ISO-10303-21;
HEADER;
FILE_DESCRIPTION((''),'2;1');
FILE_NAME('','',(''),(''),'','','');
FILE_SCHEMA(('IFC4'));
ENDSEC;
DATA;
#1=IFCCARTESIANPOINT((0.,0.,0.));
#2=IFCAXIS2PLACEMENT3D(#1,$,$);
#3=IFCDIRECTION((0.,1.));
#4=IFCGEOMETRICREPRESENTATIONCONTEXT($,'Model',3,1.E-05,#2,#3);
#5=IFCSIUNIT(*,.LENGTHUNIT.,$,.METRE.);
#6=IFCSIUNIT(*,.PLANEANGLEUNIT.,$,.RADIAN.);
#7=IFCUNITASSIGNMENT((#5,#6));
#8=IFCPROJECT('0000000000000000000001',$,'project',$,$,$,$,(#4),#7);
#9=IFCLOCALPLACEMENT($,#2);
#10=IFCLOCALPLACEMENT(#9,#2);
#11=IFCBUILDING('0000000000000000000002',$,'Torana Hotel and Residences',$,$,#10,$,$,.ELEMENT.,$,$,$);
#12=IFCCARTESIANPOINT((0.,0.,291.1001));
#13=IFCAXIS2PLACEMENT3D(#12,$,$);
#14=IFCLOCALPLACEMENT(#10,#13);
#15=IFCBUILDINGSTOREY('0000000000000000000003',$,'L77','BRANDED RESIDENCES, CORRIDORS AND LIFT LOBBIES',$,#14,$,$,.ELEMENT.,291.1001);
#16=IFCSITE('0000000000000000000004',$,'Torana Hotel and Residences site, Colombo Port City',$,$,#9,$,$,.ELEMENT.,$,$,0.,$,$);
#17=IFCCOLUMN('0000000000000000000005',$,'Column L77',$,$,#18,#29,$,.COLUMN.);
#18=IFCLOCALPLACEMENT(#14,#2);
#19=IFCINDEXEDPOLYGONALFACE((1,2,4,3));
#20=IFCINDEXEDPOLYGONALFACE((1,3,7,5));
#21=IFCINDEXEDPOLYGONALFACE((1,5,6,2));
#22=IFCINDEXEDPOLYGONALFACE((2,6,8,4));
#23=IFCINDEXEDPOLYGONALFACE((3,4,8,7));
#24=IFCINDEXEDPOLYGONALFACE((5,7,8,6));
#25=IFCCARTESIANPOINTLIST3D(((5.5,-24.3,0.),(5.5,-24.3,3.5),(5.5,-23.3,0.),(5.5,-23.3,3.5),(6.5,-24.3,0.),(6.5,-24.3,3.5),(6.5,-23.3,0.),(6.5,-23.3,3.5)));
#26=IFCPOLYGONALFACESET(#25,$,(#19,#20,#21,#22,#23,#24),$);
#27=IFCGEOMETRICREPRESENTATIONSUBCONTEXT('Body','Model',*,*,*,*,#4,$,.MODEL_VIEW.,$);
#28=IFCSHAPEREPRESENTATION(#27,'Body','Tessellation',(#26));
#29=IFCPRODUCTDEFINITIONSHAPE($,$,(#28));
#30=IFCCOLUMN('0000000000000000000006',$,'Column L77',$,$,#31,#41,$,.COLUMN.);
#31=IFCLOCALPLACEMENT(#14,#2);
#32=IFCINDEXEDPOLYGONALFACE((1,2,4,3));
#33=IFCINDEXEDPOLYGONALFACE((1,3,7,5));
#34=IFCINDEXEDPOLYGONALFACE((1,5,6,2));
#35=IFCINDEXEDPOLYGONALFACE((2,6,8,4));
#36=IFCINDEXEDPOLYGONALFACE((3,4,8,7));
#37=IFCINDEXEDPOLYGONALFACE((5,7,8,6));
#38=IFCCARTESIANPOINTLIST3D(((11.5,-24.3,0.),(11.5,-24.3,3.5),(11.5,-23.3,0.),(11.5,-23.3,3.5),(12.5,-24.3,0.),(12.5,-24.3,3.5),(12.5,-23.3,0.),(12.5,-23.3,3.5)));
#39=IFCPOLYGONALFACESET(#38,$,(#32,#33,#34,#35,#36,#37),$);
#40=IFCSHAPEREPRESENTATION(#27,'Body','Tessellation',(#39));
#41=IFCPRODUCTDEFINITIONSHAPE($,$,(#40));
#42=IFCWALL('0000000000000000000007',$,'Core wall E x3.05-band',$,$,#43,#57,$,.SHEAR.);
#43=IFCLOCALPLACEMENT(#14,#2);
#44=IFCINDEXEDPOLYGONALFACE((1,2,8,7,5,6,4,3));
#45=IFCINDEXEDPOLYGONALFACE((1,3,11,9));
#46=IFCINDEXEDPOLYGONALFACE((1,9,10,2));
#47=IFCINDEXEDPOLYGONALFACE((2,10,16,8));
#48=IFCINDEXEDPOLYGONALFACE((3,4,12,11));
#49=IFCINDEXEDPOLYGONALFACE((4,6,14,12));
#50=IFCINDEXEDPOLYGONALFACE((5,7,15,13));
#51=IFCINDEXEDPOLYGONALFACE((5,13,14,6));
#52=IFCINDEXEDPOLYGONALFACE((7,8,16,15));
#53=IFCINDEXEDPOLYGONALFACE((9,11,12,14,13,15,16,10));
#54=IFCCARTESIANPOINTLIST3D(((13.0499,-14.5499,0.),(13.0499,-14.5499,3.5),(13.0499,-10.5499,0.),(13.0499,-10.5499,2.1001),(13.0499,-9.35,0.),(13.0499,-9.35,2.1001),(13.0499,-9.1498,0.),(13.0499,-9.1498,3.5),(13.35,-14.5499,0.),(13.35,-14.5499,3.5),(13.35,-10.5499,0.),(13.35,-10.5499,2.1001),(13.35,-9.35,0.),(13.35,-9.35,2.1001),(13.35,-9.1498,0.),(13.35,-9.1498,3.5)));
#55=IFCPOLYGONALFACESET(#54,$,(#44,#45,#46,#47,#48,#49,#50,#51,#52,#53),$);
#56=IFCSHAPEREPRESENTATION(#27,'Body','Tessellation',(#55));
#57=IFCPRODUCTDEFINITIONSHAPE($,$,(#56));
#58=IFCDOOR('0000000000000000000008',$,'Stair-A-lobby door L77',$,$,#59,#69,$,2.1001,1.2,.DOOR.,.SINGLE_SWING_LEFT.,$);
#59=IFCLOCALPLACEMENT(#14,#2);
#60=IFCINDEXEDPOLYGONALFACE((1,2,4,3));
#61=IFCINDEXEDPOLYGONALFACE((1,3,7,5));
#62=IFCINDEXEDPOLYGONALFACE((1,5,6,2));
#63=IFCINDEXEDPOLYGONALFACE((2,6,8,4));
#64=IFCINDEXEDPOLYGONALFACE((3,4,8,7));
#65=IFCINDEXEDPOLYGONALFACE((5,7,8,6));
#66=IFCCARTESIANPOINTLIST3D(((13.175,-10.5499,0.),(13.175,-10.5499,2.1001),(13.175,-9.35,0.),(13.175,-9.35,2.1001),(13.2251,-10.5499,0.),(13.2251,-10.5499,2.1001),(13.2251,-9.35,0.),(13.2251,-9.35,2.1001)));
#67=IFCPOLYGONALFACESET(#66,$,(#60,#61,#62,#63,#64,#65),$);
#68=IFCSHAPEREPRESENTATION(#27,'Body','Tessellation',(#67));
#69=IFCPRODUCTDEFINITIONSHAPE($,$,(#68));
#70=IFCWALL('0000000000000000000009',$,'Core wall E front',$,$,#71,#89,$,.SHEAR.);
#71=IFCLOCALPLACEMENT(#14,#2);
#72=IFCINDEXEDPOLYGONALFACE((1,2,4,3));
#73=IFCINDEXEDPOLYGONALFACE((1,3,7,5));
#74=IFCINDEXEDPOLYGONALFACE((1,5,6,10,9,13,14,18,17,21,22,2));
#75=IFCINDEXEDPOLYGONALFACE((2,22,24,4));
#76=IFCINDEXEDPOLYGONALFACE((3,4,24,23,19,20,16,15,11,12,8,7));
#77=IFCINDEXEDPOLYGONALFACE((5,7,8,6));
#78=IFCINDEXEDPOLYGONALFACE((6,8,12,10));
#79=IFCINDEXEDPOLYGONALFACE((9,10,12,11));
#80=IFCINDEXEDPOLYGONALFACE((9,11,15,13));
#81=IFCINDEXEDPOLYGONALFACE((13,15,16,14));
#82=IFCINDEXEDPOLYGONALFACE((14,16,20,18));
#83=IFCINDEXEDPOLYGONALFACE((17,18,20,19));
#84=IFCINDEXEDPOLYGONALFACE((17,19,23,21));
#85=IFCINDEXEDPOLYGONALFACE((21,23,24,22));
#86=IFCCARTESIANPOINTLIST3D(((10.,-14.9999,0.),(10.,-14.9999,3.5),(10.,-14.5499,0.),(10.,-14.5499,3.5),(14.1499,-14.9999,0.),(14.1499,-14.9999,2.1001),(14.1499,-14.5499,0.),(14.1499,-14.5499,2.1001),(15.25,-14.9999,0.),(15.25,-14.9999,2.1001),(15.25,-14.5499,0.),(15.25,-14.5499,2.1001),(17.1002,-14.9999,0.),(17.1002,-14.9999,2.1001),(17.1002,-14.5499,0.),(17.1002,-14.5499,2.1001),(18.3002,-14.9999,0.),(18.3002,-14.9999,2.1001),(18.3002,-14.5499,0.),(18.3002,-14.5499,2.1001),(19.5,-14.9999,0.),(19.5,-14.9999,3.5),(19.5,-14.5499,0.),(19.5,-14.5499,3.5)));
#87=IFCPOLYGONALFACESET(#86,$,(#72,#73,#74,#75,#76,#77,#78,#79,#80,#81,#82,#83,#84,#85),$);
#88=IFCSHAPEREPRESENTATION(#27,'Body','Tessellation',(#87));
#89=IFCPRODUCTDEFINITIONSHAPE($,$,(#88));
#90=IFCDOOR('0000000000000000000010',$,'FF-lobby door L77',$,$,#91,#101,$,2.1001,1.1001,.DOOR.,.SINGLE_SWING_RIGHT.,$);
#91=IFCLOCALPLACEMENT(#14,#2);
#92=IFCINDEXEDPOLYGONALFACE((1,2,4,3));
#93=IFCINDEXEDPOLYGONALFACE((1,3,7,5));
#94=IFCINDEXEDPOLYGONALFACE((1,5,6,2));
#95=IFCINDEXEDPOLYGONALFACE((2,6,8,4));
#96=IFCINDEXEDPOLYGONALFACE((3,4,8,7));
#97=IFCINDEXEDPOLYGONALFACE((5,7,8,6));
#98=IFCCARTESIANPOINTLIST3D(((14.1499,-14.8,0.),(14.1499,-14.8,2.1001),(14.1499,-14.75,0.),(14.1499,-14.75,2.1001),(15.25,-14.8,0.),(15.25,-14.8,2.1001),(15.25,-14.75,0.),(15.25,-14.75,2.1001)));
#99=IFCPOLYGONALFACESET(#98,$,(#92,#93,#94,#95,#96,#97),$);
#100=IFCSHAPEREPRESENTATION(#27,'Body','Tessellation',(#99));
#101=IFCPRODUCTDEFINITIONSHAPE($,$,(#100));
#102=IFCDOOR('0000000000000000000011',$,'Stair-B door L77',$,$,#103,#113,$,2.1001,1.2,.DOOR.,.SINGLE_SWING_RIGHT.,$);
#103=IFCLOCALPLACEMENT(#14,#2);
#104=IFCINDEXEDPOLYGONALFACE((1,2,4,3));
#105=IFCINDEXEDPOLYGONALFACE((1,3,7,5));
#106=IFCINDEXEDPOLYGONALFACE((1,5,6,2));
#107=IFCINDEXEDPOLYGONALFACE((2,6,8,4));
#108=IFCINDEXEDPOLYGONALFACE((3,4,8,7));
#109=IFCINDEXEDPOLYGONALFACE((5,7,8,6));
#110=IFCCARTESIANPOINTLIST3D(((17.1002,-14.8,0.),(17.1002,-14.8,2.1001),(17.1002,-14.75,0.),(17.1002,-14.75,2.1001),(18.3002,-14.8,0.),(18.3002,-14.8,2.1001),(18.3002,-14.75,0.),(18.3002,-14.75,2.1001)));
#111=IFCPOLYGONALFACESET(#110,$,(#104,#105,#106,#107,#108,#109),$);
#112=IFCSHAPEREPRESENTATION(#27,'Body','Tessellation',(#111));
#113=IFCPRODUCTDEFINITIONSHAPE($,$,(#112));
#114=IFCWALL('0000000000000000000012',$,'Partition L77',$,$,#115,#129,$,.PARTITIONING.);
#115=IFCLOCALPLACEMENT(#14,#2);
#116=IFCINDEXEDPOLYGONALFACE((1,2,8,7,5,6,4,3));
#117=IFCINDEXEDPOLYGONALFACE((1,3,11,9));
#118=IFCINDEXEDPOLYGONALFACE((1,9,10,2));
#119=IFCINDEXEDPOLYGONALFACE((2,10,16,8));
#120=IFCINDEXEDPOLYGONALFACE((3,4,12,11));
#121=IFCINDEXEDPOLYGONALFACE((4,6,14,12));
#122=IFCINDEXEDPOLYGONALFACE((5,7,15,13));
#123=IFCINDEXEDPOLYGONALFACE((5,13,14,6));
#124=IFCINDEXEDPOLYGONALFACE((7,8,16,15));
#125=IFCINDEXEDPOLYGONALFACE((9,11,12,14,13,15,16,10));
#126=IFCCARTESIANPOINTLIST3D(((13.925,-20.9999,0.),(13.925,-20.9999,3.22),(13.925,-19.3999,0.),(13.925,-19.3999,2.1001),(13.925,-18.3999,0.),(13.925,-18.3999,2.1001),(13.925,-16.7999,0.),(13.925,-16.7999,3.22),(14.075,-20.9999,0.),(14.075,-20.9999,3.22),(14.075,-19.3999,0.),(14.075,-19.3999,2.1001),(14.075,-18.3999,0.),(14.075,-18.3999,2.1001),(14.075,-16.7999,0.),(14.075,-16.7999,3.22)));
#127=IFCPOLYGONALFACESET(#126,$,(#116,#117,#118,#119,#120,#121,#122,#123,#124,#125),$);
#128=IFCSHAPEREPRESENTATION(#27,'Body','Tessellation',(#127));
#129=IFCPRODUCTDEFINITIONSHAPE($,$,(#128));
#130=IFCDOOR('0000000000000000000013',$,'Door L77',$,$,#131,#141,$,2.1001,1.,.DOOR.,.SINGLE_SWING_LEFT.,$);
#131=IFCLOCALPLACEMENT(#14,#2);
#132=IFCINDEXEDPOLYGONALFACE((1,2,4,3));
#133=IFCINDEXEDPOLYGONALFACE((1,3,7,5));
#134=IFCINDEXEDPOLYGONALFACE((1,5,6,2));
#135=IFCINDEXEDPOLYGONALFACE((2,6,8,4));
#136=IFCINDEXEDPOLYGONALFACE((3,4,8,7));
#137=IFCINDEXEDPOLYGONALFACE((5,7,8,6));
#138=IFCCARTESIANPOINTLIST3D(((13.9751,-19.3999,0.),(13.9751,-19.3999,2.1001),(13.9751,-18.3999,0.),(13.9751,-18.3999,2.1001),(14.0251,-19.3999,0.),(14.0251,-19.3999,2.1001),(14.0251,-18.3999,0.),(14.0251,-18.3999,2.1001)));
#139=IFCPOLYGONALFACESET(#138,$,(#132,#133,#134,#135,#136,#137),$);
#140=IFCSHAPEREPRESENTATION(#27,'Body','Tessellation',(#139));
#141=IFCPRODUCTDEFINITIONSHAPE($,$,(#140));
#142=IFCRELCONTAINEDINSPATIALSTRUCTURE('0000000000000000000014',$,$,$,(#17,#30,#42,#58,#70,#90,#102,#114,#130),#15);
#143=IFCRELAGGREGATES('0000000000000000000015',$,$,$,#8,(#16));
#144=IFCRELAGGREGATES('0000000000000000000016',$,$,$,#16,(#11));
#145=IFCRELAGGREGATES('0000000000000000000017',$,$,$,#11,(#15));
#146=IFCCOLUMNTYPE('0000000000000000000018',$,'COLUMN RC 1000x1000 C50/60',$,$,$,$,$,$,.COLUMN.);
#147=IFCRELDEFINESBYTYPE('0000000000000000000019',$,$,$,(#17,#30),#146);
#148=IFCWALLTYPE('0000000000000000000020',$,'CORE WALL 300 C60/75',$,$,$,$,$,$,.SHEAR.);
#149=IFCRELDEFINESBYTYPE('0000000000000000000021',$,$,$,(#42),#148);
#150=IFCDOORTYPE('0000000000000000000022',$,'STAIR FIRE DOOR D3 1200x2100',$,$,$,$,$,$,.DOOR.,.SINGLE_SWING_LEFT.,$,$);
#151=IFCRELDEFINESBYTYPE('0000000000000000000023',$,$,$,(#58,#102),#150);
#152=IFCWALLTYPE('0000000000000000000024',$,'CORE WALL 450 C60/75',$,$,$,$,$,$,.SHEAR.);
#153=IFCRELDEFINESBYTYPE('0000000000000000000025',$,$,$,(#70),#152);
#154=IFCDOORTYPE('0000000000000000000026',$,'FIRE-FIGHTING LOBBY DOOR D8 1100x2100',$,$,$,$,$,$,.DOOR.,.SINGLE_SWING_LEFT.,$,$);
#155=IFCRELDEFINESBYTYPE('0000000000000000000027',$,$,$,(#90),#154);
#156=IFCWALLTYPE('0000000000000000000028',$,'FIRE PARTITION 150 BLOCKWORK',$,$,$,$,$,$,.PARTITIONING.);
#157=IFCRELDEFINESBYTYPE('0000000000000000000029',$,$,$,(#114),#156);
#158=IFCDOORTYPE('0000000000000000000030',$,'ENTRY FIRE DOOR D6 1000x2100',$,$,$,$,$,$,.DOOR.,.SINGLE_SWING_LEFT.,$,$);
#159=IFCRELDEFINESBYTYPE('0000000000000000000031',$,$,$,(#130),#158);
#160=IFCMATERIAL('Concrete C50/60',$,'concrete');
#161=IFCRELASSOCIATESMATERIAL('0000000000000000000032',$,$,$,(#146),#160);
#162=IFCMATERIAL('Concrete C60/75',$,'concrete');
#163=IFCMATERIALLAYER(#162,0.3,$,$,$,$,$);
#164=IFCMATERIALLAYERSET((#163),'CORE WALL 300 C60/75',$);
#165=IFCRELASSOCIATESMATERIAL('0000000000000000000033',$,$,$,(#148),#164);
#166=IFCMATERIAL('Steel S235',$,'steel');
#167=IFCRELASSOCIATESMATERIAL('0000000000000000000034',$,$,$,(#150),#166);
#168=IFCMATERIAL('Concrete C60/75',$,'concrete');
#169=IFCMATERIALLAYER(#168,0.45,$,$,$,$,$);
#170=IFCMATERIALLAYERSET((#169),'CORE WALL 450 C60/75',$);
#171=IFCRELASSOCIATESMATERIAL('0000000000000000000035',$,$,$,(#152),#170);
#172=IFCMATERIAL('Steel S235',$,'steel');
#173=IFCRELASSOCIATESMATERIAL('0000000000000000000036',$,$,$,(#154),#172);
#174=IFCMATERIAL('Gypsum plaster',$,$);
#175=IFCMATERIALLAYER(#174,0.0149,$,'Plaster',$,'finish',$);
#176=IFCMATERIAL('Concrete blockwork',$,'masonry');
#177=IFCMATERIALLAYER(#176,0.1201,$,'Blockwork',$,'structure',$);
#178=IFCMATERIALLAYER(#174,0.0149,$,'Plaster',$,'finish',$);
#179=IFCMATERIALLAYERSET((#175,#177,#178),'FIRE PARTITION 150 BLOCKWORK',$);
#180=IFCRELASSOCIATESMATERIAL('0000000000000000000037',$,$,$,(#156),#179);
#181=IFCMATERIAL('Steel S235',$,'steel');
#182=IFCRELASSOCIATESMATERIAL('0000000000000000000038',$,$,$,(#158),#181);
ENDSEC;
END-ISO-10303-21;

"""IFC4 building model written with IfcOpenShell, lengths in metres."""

from ifc_helpers import new_model, si_unit, direction, frame, frame_2d, origin, origin_2d, place, context, subcontext, project, spatial, rectangle, extrude, material, layer, layer_set, material_profile, profile_set, type_object, element, fill, save


model = new_model("IFC4")

# Units and contexts
model_context = context("Model", 3, precision=1e-05, world=origin(), true_north=direction((0.0, 1.0)))
body_context = subcontext(model_context, "Body", "Model", "MODEL_VIEW")
ifc_project = project(units=[si_unit("LENGTHUNIT", "METRE"), si_unit("PLANEANGLEUNIT", "RADIAN")], contexts=[model_context])

# Site, building, storey
site_placement = place(None, origin())
site = spatial("IfcSite", under=ifc_project, at=site_placement, Name="Torana Hotel and Residences site, Colombo Port City", CompositionType="ELEMENT", RefElevation=0.0)
building_placement = place(site_placement, origin())
building = spatial("IfcBuilding", under=site, at=building_placement, Name="Torana Hotel and Residences", CompositionType="ELEMENT")
storey_placement = place(building_placement, frame((0.0, 0.0, 291.1001)))
storey = spatial("IfcBuildingStorey", under=building, at=storey_placement, Name="L77", Description="BRANDED RESIDENCES, CORRIDORS AND LIFT LOBBIES", CompositionType="ELEMENT", Elevation=291.1001)

# Columns
ifc_material_1 = material(Name="Concrete C50/60", Category="concrete")
ifc_material_profile = material_profile(ifc_material_1, rectangle(XDim=1.0, YDim=1.0, at=origin_2d()), Name="RC 1000x1000")
ifc_profile_set = profile_set([ifc_material_profile], Name="Concrete C50/60")
column_type = type_object("IfcColumnType", Name="COLUMN RC 1000x1000 C50/60", PredefinedType="COLUMN", material=ifc_profile_set)
for number, where, z_axis, x_axis, name in (
    (1, (6.0, -23.8, 0.0), (0.0, 0.0, 1.0), (1.0, 0.0, 0.0), "Column L77"),
    (2, (12.0, -23.8, 0.0), (0.0, 0.0, 1.0), (1.0, 0.0, 0.0), "Column L77"),
):
    element("IfcColumn", number, at=place(storey_placement, frame(where, z_axis=z_axis, x_axis=x_axis)), inside=storey, type_object=column_type, Name=name, PredefinedType="COLUMN", context=body_context, shape_type="SweptSolid", body=[
        extrude(rectangle(XDim=1.0, YDim=1.0, at=origin_2d()), origin(), (0.0, 0.0, 1.0), 3.5),
    ])

# Wall, opening, door
ifc_material_2 = material(Name="Concrete C60/75", Category="concrete")
ifc_layer_1 = layer(ifc_material_2, 0.3)
ifc_layer_set_1 = layer_set([ifc_layer_1], Name="CORE WALL 300 C60/75")
wall_type_1 = type_object("IfcWallType", Name="CORE WALL 300 C60/75", PredefinedType="SHEAR", material=ifc_layer_set_1)
wall_1_placement = place(storey_placement, frame((13.2, -14.55, 0.0), z_axis=(0.0, 0.0, 1.0), x_axis=(0.0, 1.0, 0.0)))
wall_1 = element("IfcWall", 3, at=wall_1_placement, inside=storey, type_object=wall_type_1, Name="Core wall E x3.05-band", PredefinedType="SHEAR", context=body_context, shape_type="SweptSolid", body=[
    extrude(rectangle(XDim=5.4001, YDim=0.3, at=frame_2d((2.7002, 0.0))), origin(), (0.0, 0.0, 1.0), 3.5),
])
opening_1_placement = place(wall_1_placement, frame((4.0, 0.0, 0.0)))
opening_1 = element("IfcOpeningElement", 4, at=opening_1_placement, cuts=wall_1, PredefinedType="OPENING", context=body_context, shape_type="SweptSolid", body=[
    extrude(rectangle(XDim=1.2, YDim=2.1001, at=frame_2d((0.6001, 1.05))), frame((0.0, 0.1599, 0.0), z_axis=(0.0, -1.0, 0.0), x_axis=(1.0, 0.0, 0.0)), (0.0, 0.0, 1.0), 0.3201),
])
ifc_material_3 = material(Name="Steel S235", Category="steel")
door_type_1 = type_object("IfcDoorType", Name="STAIR FIRE DOOR D3 1200x2100", OperationType="SINGLE_SWING_LEFT", PredefinedType="DOOR", material=ifc_material_3)
door_1_placement = place(opening_1_placement, origin())
door_1 = element("IfcDoor", 5, at=door_1_placement, inside=storey, type_object=door_type_1, Name="Stair-A-lobby door L77", OperationType="SINGLE_SWING_LEFT", OverallHeight=2.1001, OverallWidth=1.2, PredefinedType="DOOR", context=body_context, shape_type="SweptSolid", body=[
    extrude(rectangle(XDim=1.2, YDim=2.1001, at=frame_2d((0.6001, 1.05))), frame((0.0, 0.0249, 0.0), z_axis=(0.0, -1.0, 0.0), x_axis=(1.0, 0.0, 0.0)), (0.0, 0.0, 1.0), 0.05),
])
fill(opening_1, door_1)

# Wall, openings, doors
ifc_material_4 = material(Name="Concrete C60/75", Category="concrete")
ifc_layer_2 = layer(ifc_material_4, 0.45)
ifc_layer_set_2 = layer_set([ifc_layer_2], Name="CORE WALL 450 C60/75")
wall_type_2 = type_object("IfcWallType", Name="CORE WALL 450 C60/75", PredefinedType="SHEAR", material=ifc_layer_set_2)
wall_2_placement = place(storey_placement, frame((10.0, -14.7749, 0.0), z_axis=(0.0, 0.0, 1.0), x_axis=(1.0, 0.0, 0.0)))
wall_2 = element("IfcWall", 6, at=wall_2_placement, inside=storey, type_object=wall_type_2, Name="Core wall E front", PredefinedType="SHEAR", context=body_context, shape_type="SweptSolid", body=[
    extrude(rectangle(XDim=9.5, YDim=0.45, at=frame_2d((4.75, 0.0))), origin(), (0.0, 0.0, 1.0), 3.5),
])
opening_2_placement = place(wall_2_placement, frame((7.1001, 0.0, 0.0)))
opening_2 = element("IfcOpeningElement", 7, at=opening_2_placement, cuts=wall_2, PredefinedType="OPENING", context=body_context, shape_type="SweptSolid", body=[
    extrude(rectangle(XDim=1.2, YDim=2.1001, at=frame_2d((0.6001, 1.05))), frame((0.0, 0.2349, 0.0), z_axis=(0.0, -1.0, 0.0), x_axis=(1.0, 0.0, 0.0)), (0.0, 0.0, 1.0), 0.47),
])
opening_3_placement = place(wall_2_placement, frame((4.1499, 0.0, 0.0)))
opening_3 = element("IfcOpeningElement", 8, at=opening_3_placement, cuts=wall_2, PredefinedType="OPENING", context=body_context, shape_type="SweptSolid", body=[
    extrude(rectangle(XDim=1.1001, YDim=2.1001, at=frame_2d((0.55, 1.05))), frame((0.0, 0.2349, 0.0), z_axis=(0.0, -1.0, 0.0), x_axis=(1.0, 0.0, 0.0)), (0.0, 0.0, 1.0), 0.47),
])
ifc_material_5 = material(Name="Steel S235", Category="steel")
door_type_2 = type_object("IfcDoorType", Name="FIRE-FIGHTING LOBBY DOOR D8 1100x2100", OperationType="SINGLE_SWING_LEFT", PredefinedType="DOOR", material=ifc_material_5)
door_2_placement = place(opening_3_placement, origin())
door_2 = element("IfcDoor", 9, at=door_2_placement, inside=storey, type_object=door_type_2, Name="FF-lobby door L77", OperationType="SINGLE_SWING_RIGHT", OverallHeight=2.1001, OverallWidth=1.1001, PredefinedType="DOOR", context=body_context, shape_type="SweptSolid", body=[
    extrude(rectangle(XDim=1.1001, YDim=2.1001, at=frame_2d((0.55, 1.05))), frame((0.0, 0.0249, 0.0), z_axis=(0.0, -1.0, 0.0), x_axis=(1.0, 0.0, 0.0)), (0.0, 0.0, 1.0), 0.05),
])
fill(opening_3, door_2)
door_3_placement = place(opening_2_placement, origin())
door_3 = element("IfcDoor", 10, at=door_3_placement, inside=storey, type_object=door_type_1, Name="Stair-B door L77", OperationType="SINGLE_SWING_RIGHT", OverallHeight=2.1001, OverallWidth=1.2, PredefinedType="DOOR", context=body_context, shape_type="SweptSolid", body=[
    extrude(rectangle(XDim=1.2, YDim=2.1001, at=frame_2d((0.6001, 1.05))), frame((0.0, 0.0249, 0.0), z_axis=(0.0, -1.0, 0.0), x_axis=(1.0, 0.0, 0.0)), (0.0, 0.0, 1.0), 0.05),
])
fill(opening_2, door_3)

# Wall, opening, door
ifc_material_6 = material(Name="Gypsum plaster")
ifc_layer_3 = layer(ifc_material_6, 0.0149, Name="Plaster", Category="finish")
ifc_material_7 = material(Name="Concrete blockwork", Category="masonry")
ifc_layer_4 = layer(ifc_material_7, 0.1201, Name="Blockwork", Category="structure")
ifc_layer_5 = layer(ifc_material_6, 0.0149, Name="Plaster", Category="finish")
ifc_layer_set_3 = layer_set([ifc_layer_3, ifc_layer_4, ifc_layer_5], Name="FIRE PARTITION 150 BLOCKWORK")
wall_type_3 = type_object("IfcWallType", Name="FIRE PARTITION 150 BLOCKWORK", PredefinedType="PARTITIONING", material=ifc_layer_set_3)
wall_3_placement = place(storey_placement, frame((14.0, -21.0, 0.0), z_axis=(0.0, 0.0, 1.0), x_axis=(0.0, 1.0, 0.0)))
wall_3 = element("IfcWall", 11, at=wall_3_placement, inside=storey, type_object=wall_type_3, Name="Partition L77", PredefinedType="PARTITIONING", context=body_context, shape_type="SweptSolid", body=[
    extrude(rectangle(XDim=4.2, YDim=0.1499, at=frame_2d((2.1001, 0.0))), origin(), (0.0, 0.0, 1.0), 3.22),
])
opening_4_placement = place(wall_3_placement, frame((1.6001, 0.0, 0.0)))
opening_4 = element("IfcOpeningElement", 12, at=opening_4_placement, cuts=wall_3, PredefinedType="OPENING", context=body_context, shape_type="SweptSolid", body=[
    extrude(rectangle(XDim=1.0, YDim=2.1001, at=frame_2d((0.5, 1.05))), frame((0.0, 0.085, 0.0), z_axis=(0.0, -1.0, 0.0), x_axis=(1.0, 0.0, 0.0)), (0.0, 0.0, 1.0), 0.1699),
])
ifc_material_8 = material(Name="Steel S235", Category="steel")
door_type_3 = type_object("IfcDoorType", Name="ENTRY FIRE DOOR D6 1000x2100", OperationType="SINGLE_SWING_LEFT", PredefinedType="DOOR", material=ifc_material_8)
door_4_placement = place(opening_4_placement, frame((0.5, 0.0, 0.0), z_axis=(0.0, 0.0, 1.0), x_axis=(-1.0, 0.0, 0.0)))
door_4 = element("IfcDoor", 13, at=door_4_placement, inside=storey, type_object=door_type_3, Name="Door L77", OperationType="SINGLE_SWING_LEFT", OverallHeight=2.1001, OverallWidth=1.0, PredefinedType="DOOR", context=body_context, shape_type="SweptSolid", body=[
    extrude(rectangle(XDim=1.0, YDim=2.1001, at=frame_2d((0.0, 1.05))), frame((0.0, -0.0249, 0.0), z_axis=(0.0, 1.0, 0.0), x_axis=(-1.0, 0.0, 0.0)), (0.0, 0.0, 1.0), 0.05),
])
fill(opening_4, door_4)

save(model, "model.ifc")
